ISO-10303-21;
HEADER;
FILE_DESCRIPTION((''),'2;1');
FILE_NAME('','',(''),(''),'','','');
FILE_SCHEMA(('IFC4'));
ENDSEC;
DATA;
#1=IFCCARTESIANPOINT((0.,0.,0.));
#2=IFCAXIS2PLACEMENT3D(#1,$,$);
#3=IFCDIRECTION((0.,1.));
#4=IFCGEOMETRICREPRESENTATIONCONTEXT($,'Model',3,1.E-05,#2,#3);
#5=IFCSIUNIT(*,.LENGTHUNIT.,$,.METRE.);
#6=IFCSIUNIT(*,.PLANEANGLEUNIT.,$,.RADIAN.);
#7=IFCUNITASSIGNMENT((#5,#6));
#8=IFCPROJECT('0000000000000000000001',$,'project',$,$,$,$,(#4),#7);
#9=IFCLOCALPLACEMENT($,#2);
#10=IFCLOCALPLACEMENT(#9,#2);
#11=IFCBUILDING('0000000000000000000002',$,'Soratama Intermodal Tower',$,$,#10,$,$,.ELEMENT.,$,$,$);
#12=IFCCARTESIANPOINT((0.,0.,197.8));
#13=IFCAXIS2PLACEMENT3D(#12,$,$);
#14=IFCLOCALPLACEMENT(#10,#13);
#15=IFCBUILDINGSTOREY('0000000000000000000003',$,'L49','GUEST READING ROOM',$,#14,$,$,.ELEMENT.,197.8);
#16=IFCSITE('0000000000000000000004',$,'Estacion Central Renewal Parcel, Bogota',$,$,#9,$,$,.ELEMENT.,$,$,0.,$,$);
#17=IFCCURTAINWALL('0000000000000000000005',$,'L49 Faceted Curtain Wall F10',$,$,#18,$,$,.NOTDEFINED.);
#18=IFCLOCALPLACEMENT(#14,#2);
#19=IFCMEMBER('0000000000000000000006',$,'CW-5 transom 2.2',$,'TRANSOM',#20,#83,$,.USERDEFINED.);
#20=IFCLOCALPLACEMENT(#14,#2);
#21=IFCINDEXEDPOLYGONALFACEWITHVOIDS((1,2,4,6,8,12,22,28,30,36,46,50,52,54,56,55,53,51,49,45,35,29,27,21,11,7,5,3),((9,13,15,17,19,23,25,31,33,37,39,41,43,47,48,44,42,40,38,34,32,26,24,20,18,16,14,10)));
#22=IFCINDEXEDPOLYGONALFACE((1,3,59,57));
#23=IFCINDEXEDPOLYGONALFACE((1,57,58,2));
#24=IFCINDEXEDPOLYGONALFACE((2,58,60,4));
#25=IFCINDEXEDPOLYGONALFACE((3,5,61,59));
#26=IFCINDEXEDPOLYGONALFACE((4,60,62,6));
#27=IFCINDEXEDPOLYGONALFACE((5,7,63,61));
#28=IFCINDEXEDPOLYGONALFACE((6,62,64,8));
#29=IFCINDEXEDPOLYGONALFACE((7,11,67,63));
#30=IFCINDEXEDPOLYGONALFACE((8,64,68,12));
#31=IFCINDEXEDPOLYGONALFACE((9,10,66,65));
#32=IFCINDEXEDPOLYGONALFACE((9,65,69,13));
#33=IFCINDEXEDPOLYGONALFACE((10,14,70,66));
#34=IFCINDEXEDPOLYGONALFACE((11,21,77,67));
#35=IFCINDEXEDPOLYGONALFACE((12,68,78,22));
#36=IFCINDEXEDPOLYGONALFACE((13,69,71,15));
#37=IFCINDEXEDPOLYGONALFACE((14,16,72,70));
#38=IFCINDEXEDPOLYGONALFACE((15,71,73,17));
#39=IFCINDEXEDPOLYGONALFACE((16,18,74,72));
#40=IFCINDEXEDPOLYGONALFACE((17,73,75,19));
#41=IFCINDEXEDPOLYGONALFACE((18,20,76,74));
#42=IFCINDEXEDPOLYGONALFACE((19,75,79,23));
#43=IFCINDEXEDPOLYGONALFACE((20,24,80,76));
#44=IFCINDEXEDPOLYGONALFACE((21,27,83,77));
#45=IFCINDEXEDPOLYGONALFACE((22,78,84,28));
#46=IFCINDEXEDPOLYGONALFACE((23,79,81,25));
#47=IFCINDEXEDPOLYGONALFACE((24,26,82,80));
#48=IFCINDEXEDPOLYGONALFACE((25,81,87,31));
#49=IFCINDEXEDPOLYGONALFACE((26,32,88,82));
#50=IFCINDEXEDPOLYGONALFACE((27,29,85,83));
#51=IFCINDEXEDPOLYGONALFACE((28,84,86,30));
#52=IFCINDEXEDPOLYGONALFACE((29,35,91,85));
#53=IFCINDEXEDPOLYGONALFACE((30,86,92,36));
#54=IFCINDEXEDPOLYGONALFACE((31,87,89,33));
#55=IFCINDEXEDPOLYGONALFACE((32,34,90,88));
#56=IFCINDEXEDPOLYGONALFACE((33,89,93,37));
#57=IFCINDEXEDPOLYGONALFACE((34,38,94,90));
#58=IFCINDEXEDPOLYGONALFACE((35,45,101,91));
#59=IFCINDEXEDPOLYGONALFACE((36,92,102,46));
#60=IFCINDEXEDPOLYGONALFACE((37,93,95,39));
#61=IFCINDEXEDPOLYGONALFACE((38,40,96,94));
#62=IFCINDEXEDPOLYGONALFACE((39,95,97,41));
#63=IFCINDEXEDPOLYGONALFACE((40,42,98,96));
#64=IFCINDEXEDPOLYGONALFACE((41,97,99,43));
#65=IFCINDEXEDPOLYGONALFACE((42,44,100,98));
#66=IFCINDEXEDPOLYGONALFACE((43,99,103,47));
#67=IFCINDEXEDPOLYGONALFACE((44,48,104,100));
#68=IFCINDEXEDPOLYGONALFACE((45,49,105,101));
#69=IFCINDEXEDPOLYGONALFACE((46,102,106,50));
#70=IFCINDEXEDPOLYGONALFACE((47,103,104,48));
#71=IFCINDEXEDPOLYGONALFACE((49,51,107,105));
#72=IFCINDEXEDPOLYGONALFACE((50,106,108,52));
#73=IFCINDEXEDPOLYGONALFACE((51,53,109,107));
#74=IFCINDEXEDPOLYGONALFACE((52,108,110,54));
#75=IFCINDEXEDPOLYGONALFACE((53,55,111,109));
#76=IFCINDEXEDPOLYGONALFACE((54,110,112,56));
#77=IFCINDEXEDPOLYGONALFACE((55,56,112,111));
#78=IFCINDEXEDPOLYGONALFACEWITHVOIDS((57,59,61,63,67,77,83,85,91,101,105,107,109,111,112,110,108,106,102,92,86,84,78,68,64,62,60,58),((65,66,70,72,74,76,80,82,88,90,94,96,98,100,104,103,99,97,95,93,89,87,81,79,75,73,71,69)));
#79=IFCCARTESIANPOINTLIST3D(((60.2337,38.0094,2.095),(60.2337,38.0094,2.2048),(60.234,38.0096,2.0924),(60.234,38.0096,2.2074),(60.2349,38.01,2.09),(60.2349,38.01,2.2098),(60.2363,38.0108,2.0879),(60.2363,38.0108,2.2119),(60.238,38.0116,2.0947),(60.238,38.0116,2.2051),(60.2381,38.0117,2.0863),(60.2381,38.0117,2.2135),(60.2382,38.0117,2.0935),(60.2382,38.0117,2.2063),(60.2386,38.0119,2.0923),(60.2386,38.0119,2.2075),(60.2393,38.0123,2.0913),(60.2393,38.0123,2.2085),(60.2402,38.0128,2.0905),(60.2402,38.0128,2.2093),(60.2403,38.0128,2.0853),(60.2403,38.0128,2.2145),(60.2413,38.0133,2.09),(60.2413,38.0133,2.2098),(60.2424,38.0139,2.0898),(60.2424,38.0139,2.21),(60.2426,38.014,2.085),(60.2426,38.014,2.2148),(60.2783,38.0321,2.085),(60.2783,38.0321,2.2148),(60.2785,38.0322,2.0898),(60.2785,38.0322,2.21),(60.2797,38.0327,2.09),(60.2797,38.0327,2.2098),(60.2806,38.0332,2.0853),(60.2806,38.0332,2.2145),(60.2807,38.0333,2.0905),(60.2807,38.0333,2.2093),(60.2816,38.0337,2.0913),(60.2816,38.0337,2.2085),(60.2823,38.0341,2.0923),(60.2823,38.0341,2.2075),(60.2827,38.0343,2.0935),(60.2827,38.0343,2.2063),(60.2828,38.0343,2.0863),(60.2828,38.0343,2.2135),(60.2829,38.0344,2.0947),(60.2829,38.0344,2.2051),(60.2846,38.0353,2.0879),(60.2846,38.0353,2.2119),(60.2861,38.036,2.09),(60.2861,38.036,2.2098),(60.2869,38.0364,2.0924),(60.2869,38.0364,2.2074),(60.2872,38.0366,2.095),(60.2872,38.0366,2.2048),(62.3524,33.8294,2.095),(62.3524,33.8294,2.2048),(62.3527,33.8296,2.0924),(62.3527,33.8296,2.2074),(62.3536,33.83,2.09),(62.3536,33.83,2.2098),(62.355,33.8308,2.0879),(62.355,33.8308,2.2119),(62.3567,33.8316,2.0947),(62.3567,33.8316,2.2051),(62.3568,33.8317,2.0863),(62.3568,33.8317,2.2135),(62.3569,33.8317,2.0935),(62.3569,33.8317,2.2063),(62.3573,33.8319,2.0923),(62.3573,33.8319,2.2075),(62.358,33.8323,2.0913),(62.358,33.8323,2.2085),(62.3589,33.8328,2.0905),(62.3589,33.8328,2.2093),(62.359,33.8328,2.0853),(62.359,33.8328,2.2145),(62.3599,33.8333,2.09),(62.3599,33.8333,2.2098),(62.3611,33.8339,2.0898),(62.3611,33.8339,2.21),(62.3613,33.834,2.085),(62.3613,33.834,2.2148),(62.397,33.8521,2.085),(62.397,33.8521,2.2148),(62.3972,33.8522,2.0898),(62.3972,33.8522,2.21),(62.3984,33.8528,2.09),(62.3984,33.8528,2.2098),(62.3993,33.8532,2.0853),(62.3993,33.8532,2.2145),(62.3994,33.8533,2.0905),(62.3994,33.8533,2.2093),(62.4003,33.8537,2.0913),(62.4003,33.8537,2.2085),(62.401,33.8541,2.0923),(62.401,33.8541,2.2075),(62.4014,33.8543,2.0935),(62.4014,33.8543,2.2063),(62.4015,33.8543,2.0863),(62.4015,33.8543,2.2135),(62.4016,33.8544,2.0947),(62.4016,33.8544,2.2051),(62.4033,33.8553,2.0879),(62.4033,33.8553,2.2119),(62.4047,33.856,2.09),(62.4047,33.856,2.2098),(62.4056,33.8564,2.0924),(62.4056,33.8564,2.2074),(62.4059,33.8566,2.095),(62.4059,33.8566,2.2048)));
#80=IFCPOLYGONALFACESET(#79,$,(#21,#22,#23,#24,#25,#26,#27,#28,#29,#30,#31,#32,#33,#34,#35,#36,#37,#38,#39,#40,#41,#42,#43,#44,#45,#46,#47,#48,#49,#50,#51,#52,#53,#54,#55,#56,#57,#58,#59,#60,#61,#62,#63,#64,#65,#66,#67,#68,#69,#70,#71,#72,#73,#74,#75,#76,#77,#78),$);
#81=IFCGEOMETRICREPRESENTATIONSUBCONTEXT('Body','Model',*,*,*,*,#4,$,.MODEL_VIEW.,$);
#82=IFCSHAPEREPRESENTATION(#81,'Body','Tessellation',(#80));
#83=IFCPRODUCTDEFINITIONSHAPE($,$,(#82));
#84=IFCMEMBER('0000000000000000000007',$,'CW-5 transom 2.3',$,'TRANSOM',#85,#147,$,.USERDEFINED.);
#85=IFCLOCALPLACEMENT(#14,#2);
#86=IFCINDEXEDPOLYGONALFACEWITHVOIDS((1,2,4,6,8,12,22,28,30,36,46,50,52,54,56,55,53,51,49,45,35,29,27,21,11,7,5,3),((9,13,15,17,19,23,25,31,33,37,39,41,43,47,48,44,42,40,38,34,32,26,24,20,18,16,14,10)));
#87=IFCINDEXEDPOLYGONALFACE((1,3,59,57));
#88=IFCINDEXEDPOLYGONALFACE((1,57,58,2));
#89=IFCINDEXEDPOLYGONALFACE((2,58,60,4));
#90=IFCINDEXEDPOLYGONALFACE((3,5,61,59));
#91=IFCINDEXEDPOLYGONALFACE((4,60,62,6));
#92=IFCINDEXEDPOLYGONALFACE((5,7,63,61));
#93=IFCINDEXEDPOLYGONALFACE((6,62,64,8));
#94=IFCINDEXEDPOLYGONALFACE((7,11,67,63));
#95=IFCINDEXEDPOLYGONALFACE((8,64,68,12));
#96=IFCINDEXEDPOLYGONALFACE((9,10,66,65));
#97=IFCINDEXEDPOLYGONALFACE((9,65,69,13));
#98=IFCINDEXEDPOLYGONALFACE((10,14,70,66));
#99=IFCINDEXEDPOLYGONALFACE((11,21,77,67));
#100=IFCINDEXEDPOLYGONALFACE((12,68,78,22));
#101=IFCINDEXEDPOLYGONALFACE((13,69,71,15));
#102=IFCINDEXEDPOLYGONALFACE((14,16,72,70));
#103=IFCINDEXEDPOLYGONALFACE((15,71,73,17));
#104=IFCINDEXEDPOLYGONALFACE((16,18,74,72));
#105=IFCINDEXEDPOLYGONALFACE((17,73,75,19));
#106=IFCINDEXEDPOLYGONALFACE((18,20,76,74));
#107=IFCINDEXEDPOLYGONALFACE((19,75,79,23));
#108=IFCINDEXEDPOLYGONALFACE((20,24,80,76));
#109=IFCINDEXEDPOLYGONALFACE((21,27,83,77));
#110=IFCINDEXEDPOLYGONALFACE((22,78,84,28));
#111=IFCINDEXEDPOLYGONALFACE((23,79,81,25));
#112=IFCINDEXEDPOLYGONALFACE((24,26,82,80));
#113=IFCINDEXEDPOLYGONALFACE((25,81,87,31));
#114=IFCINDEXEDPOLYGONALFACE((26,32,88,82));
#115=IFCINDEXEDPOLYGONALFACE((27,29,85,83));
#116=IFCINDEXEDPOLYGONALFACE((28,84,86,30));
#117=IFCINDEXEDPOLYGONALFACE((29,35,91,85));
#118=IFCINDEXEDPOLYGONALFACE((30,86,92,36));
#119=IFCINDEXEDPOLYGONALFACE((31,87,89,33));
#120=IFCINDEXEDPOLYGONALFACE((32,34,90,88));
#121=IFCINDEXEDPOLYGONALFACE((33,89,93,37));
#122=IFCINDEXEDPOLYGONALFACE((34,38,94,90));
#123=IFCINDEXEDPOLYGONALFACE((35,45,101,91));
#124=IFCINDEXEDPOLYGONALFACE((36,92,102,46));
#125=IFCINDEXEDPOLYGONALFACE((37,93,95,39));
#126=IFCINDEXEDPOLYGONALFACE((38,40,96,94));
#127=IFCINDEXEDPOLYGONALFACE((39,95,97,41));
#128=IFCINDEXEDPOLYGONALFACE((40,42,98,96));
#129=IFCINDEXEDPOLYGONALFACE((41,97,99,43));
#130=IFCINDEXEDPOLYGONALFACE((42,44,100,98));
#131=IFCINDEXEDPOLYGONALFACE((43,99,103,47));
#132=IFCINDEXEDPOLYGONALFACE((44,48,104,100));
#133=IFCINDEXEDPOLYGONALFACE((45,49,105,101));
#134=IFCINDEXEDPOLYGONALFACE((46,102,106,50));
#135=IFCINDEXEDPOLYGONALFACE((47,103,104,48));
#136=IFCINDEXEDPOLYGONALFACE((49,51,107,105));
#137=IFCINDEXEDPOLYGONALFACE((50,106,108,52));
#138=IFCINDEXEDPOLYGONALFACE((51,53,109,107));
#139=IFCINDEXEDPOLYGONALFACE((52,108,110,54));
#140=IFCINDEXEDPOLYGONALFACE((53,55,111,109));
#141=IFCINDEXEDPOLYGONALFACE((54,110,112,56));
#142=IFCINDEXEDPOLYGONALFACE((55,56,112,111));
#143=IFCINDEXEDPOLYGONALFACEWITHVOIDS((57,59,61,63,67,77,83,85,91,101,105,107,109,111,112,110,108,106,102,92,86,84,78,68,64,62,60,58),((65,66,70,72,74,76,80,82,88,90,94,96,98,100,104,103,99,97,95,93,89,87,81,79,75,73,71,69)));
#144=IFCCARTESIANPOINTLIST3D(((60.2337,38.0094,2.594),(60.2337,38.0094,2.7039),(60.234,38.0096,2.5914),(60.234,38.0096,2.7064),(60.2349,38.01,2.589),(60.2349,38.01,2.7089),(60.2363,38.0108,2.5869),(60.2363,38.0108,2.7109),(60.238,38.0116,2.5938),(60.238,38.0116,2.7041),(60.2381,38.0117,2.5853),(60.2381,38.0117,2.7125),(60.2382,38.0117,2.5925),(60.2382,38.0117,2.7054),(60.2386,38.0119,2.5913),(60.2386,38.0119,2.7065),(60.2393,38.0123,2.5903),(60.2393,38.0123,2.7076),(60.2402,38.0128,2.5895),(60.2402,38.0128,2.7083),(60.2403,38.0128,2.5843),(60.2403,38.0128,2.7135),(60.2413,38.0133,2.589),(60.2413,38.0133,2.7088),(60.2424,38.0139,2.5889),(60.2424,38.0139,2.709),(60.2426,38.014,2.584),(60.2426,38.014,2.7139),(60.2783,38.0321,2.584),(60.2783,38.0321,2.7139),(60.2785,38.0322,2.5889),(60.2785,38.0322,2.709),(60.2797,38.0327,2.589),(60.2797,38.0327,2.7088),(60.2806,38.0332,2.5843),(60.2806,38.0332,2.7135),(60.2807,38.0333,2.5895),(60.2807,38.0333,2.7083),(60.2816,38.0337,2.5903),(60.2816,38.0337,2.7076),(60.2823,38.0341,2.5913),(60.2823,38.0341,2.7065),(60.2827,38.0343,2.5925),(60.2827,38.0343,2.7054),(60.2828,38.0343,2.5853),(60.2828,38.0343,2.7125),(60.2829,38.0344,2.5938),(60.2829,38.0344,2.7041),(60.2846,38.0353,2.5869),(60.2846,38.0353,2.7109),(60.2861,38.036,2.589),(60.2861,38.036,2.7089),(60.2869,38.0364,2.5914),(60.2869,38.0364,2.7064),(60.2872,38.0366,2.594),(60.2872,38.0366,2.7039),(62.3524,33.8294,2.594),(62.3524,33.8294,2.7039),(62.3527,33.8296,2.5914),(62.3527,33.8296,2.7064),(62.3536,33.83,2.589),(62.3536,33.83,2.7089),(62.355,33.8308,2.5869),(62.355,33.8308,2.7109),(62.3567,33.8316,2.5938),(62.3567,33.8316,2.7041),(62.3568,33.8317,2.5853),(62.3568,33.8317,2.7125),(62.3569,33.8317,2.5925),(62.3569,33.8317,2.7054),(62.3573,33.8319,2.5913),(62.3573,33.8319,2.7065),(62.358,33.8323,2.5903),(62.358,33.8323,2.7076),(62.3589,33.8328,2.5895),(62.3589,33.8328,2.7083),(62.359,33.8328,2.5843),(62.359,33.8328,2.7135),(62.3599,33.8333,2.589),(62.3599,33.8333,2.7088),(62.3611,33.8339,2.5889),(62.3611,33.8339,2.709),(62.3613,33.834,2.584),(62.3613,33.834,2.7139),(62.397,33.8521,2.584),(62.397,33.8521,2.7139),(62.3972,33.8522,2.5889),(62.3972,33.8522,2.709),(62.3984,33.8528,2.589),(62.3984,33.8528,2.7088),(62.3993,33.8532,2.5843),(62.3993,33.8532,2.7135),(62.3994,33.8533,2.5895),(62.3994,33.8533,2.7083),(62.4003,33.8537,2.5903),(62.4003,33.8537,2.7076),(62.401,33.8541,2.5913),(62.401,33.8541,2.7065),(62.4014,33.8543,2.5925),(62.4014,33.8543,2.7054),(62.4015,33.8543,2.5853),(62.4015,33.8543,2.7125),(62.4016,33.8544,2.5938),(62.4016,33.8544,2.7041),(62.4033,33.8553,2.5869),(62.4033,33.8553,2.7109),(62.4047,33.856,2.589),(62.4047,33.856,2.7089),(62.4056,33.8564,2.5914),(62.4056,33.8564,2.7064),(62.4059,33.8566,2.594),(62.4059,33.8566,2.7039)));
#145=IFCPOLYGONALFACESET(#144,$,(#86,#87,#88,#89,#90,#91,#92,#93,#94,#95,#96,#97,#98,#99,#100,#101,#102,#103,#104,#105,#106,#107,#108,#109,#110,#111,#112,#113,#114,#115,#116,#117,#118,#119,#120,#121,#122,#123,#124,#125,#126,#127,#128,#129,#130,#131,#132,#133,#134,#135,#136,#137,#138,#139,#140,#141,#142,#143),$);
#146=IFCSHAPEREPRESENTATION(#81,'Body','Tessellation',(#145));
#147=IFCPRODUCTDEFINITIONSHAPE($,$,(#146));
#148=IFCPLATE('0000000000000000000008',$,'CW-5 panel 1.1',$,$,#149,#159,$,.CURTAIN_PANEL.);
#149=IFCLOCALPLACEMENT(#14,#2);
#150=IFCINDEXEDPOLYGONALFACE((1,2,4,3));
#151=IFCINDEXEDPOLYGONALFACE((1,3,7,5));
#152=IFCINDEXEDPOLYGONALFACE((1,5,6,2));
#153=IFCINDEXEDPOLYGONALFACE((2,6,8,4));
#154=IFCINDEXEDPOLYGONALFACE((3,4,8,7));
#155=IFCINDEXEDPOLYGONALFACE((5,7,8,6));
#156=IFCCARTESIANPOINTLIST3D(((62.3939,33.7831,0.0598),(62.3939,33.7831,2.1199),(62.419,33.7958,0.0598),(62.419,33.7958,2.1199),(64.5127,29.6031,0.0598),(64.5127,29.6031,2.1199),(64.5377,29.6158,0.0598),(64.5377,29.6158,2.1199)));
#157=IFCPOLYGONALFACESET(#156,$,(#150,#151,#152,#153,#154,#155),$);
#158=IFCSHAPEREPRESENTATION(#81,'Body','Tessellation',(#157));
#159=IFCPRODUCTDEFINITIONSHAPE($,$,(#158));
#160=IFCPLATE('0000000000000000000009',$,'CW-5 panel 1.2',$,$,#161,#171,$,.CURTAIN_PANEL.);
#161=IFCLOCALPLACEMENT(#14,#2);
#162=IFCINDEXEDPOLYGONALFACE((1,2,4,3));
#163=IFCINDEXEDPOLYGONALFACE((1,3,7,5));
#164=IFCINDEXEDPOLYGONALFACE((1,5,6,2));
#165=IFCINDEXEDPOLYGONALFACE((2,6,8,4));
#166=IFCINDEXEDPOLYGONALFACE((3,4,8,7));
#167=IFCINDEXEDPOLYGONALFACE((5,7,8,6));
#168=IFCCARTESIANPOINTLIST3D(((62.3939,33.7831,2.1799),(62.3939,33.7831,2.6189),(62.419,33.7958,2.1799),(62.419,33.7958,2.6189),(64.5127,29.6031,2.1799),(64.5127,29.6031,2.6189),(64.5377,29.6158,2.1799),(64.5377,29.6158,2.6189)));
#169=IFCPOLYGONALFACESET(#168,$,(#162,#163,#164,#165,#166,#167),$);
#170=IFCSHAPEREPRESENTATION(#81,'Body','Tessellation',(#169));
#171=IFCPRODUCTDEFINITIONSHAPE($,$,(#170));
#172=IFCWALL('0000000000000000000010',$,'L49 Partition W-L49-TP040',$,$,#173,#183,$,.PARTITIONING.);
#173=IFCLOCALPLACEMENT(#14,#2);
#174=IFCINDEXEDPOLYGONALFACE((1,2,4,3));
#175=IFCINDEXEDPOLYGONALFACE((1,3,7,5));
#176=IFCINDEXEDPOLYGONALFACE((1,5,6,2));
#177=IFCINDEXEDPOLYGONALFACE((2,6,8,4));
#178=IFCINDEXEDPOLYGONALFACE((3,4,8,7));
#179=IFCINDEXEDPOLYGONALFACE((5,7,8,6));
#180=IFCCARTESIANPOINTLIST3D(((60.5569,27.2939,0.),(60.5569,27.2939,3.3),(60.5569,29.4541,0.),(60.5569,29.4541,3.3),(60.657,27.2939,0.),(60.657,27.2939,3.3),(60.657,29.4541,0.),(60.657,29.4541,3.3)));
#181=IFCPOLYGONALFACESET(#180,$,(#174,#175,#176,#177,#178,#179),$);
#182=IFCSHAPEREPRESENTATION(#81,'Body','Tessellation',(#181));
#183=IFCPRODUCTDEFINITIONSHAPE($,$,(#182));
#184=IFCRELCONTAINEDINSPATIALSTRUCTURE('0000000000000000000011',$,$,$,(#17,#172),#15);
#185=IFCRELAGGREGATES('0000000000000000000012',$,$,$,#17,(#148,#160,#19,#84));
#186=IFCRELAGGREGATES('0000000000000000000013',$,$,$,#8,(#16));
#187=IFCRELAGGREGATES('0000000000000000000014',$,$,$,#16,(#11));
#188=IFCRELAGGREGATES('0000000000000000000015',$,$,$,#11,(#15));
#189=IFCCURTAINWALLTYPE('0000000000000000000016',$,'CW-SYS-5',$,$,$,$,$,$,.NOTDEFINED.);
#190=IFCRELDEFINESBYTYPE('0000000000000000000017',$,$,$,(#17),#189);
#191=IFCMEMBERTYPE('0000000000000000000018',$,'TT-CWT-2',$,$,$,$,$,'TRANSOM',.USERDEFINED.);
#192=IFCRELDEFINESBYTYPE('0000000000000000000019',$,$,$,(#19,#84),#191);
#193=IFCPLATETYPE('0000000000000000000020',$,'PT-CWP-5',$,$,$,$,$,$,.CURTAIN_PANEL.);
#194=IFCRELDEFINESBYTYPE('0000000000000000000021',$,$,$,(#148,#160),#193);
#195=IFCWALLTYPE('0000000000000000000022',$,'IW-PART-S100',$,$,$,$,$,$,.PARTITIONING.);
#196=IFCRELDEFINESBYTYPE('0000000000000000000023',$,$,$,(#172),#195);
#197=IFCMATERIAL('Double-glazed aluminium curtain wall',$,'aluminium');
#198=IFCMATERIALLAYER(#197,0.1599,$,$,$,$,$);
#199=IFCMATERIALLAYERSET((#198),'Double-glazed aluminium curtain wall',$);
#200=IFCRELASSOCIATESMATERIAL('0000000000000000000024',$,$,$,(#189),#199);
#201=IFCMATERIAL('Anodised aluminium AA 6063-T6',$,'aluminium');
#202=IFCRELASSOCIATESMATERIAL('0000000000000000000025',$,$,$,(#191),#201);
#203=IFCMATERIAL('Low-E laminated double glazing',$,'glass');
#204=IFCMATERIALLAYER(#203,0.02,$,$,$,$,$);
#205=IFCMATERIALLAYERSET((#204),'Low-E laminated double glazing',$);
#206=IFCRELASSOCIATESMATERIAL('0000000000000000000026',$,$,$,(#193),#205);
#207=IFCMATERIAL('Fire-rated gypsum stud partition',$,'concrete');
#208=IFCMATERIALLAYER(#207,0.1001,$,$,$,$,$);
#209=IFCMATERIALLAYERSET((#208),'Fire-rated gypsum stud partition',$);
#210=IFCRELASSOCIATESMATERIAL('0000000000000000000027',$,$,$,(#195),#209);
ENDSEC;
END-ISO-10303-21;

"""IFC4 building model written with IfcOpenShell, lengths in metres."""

from ifc_helpers import new_model, si_unit, direction, frame, frame_2d, origin, origin_2d, place, context, subcontext, project, spatial, rectangle, hollow_rectangle, extrude, material, layer, layer_set, material_profile, profile_set, type_object, element, aggregate, save


model = new_model("IFC4")

# Units and contexts
model_context = context("Model", 3, precision=1e-05, world=origin(), true_north=direction((0.0, 1.0)))
body_context = subcontext(model_context, "Body", "Model", "MODEL_VIEW")
ifc_project = project(units=[si_unit("LENGTHUNIT", "METRE"), si_unit("PLANEANGLEUNIT", "RADIAN")], contexts=[model_context])

# Site, building, storey
site_placement = place(None, origin())
site = spatial("IfcSite", under=ifc_project, at=site_placement, Name="Estacion Central Renewal Parcel, Bogota", CompositionType="ELEMENT", RefElevation=0.0)
building_placement = place(site_placement, origin())
building = spatial("IfcBuilding", under=site, at=building_placement, Name="Soratama Intermodal Tower", CompositionType="ELEMENT")
storey_placement = place(building_placement, frame((0.0, 0.0, 197.8)))
storey = spatial("IfcBuildingStorey", under=building, at=storey_placement, Name="L49", Description="GUEST READING ROOM", CompositionType="ELEMENT", Elevation=197.8)

# Curtain wall, members, plates
ifc_material_1 = material(Name="Double-glazed aluminium curtain wall", Category="aluminium")
ifc_layer_1 = layer(ifc_material_1, 0.1599)
ifc_layer_set_1 = layer_set([ifc_layer_1], Name="Double-glazed aluminium curtain wall")
curtain_wall_type = type_object("IfcCurtainWallType", Name="CW-SYS-5", PredefinedType="NOTDEFINED", material=ifc_layer_set_1)
curtain_wall_placement = place(storey_placement, origin())
curtain_wall = element("IfcCurtainWall", 1, at=curtain_wall_placement, inside=storey, type_object=curtain_wall_type, Name="L49 Faceted Curtain Wall F10", PredefinedType="NOTDEFINED")
ifc_material_2 = material(Name="Anodised aluminium AA 6063-T6", Category="aluminium")
ifc_material_profile_1 = material_profile(ifc_material_2, hollow_rectangle(XDim=0.0601, YDim=0.1299, WallThickness=0.0049, InnerFilletRadius=0.0049, OuterFilletRadius=0.01, at=origin_2d()), Name="CWT130X60X5")
ifc_profile_set_1 = profile_set([ifc_material_profile_1], Name="Anodised aluminium AA 6063-T6")
member_type_1 = type_object("IfcMemberType", Name="TT-CWT-2", ElementType="TRANSOM", PredefinedType="USERDEFINED", material=ifc_profile_set_1)
member_1_placement = place(storey_placement, frame((62.3792, 33.843, 2.1499), z_axis=(-0.452104, 0.891965, 0.0), x_axis=(-0.891965, -0.452104, 0.0)))
member_1 = element("IfcMember", 2, at=member_1_placement, type_object=member_type_1, Name="CW-5 transom 2.2", ObjectType="TRANSOM", PredefinedType="USERDEFINED", context=body_context, shape_type="SweptSolid", body=[
    extrude(hollow_rectangle(XDim=0.0601, YDim=0.1299, WallThickness=0.0049, InnerFilletRadius=0.0049, OuterFilletRadius=0.01, at=origin_2d()), origin(), (0.0, 0.0, 1.0), 4.6863),
])
member_2_placement = place(storey_placement, frame((62.3792, 33.843, 2.6489), z_axis=(-0.452104, 0.891965, 0.0), x_axis=(-0.891965, -0.452104, 0.0)))
member_2 = element("IfcMember", 3, at=member_2_placement, type_object=member_type_1, Name="CW-5 transom 2.3", ObjectType="TRANSOM", PredefinedType="USERDEFINED", context=body_context, shape_type="SweptSolid", body=[
    extrude(hollow_rectangle(XDim=0.0601, YDim=0.1299, WallThickness=0.0049, InnerFilletRadius=0.0049, OuterFilletRadius=0.01, at=origin_2d()), origin(), (0.0, 0.0, 1.0), 4.6863),
])
ifc_material_3 = material(Name="Low-E laminated double glazing", Category="glass")
ifc_layer_2 = layer(ifc_material_3, 0.02)
ifc_layer_set_2 = layer_set([ifc_layer_2], Name="Low-E laminated double glazing")
plate_type = type_object("IfcPlateType", Name="PT-CWP-5", PredefinedType="CURTAIN_PANEL", material=ifc_layer_set_2)
plate_1_placement = place(storey_placement, frame((63.4658, 31.6995, 0.0598), z_axis=(0.0, 0.0, 1.0), x_axis=(-0.452119, 0.891958, 0.0)))
plate_1 = element("IfcPlate", 4, at=plate_1_placement, type_object=plate_type, Name="CW-5 panel 1.1", PredefinedType="CURTAIN_PANEL", context=body_context, shape_type="SweptSolid", body=[
    extrude(rectangle(XDim=4.6863, YDim=0.0281, at=origin_2d()), origin(), (0.0, 0.0, 1.0), 2.0601),
])
plate_2_placement = place(storey_placement, frame((63.4658, 31.6995, 2.1799), z_axis=(0.0, 0.0, 1.0), x_axis=(-0.452119, 0.891958, 0.0)))
plate_2 = element("IfcPlate", 5, at=plate_2_placement, type_object=plate_type, Name="CW-5 panel 1.2", PredefinedType="CURTAIN_PANEL", context=body_context, shape_type="SweptSolid", body=[
    extrude(rectangle(XDim=4.6863, YDim=0.0281, at=origin_2d()), origin(), (0.0, 0.0, 1.0), 0.439),
])
aggregate(curtain_wall, [plate_1, plate_2, member_1, member_2])

# Wall
ifc_material_4 = material(Name="Fire-rated gypsum stud partition", Category="concrete")
ifc_layer_3 = layer(ifc_material_4, 0.1001)
ifc_layer_set_3 = layer_set([ifc_layer_3], Name="Fire-rated gypsum stud partition")
wall_type_1 = type_object("IfcWallType", Name="IW-PART-S100", PredefinedType="PARTITIONING", material=ifc_layer_set_3)
wall_1_placement = place(storey_placement, frame((60.6069, 27.2939, 0.0), z_axis=(0.0, 0.0, 1.0), x_axis=(0.0, 1.0, 0.0)))
element("IfcWall", 6, at=wall_1_placement, inside=storey, type_object=wall_type_1, Name="L49 Partition W-L49-TP040", PredefinedType="PARTITIONING", context=body_context, shape_type="SweptSolid", body=[
    extrude(rectangle(XDim=2.1602, YDim=0.1001, at=frame_2d((1.0801, 0.0))), origin(), (0.0, 0.0, 1.0), 3.3),
])

save(model, "model.ifc")
